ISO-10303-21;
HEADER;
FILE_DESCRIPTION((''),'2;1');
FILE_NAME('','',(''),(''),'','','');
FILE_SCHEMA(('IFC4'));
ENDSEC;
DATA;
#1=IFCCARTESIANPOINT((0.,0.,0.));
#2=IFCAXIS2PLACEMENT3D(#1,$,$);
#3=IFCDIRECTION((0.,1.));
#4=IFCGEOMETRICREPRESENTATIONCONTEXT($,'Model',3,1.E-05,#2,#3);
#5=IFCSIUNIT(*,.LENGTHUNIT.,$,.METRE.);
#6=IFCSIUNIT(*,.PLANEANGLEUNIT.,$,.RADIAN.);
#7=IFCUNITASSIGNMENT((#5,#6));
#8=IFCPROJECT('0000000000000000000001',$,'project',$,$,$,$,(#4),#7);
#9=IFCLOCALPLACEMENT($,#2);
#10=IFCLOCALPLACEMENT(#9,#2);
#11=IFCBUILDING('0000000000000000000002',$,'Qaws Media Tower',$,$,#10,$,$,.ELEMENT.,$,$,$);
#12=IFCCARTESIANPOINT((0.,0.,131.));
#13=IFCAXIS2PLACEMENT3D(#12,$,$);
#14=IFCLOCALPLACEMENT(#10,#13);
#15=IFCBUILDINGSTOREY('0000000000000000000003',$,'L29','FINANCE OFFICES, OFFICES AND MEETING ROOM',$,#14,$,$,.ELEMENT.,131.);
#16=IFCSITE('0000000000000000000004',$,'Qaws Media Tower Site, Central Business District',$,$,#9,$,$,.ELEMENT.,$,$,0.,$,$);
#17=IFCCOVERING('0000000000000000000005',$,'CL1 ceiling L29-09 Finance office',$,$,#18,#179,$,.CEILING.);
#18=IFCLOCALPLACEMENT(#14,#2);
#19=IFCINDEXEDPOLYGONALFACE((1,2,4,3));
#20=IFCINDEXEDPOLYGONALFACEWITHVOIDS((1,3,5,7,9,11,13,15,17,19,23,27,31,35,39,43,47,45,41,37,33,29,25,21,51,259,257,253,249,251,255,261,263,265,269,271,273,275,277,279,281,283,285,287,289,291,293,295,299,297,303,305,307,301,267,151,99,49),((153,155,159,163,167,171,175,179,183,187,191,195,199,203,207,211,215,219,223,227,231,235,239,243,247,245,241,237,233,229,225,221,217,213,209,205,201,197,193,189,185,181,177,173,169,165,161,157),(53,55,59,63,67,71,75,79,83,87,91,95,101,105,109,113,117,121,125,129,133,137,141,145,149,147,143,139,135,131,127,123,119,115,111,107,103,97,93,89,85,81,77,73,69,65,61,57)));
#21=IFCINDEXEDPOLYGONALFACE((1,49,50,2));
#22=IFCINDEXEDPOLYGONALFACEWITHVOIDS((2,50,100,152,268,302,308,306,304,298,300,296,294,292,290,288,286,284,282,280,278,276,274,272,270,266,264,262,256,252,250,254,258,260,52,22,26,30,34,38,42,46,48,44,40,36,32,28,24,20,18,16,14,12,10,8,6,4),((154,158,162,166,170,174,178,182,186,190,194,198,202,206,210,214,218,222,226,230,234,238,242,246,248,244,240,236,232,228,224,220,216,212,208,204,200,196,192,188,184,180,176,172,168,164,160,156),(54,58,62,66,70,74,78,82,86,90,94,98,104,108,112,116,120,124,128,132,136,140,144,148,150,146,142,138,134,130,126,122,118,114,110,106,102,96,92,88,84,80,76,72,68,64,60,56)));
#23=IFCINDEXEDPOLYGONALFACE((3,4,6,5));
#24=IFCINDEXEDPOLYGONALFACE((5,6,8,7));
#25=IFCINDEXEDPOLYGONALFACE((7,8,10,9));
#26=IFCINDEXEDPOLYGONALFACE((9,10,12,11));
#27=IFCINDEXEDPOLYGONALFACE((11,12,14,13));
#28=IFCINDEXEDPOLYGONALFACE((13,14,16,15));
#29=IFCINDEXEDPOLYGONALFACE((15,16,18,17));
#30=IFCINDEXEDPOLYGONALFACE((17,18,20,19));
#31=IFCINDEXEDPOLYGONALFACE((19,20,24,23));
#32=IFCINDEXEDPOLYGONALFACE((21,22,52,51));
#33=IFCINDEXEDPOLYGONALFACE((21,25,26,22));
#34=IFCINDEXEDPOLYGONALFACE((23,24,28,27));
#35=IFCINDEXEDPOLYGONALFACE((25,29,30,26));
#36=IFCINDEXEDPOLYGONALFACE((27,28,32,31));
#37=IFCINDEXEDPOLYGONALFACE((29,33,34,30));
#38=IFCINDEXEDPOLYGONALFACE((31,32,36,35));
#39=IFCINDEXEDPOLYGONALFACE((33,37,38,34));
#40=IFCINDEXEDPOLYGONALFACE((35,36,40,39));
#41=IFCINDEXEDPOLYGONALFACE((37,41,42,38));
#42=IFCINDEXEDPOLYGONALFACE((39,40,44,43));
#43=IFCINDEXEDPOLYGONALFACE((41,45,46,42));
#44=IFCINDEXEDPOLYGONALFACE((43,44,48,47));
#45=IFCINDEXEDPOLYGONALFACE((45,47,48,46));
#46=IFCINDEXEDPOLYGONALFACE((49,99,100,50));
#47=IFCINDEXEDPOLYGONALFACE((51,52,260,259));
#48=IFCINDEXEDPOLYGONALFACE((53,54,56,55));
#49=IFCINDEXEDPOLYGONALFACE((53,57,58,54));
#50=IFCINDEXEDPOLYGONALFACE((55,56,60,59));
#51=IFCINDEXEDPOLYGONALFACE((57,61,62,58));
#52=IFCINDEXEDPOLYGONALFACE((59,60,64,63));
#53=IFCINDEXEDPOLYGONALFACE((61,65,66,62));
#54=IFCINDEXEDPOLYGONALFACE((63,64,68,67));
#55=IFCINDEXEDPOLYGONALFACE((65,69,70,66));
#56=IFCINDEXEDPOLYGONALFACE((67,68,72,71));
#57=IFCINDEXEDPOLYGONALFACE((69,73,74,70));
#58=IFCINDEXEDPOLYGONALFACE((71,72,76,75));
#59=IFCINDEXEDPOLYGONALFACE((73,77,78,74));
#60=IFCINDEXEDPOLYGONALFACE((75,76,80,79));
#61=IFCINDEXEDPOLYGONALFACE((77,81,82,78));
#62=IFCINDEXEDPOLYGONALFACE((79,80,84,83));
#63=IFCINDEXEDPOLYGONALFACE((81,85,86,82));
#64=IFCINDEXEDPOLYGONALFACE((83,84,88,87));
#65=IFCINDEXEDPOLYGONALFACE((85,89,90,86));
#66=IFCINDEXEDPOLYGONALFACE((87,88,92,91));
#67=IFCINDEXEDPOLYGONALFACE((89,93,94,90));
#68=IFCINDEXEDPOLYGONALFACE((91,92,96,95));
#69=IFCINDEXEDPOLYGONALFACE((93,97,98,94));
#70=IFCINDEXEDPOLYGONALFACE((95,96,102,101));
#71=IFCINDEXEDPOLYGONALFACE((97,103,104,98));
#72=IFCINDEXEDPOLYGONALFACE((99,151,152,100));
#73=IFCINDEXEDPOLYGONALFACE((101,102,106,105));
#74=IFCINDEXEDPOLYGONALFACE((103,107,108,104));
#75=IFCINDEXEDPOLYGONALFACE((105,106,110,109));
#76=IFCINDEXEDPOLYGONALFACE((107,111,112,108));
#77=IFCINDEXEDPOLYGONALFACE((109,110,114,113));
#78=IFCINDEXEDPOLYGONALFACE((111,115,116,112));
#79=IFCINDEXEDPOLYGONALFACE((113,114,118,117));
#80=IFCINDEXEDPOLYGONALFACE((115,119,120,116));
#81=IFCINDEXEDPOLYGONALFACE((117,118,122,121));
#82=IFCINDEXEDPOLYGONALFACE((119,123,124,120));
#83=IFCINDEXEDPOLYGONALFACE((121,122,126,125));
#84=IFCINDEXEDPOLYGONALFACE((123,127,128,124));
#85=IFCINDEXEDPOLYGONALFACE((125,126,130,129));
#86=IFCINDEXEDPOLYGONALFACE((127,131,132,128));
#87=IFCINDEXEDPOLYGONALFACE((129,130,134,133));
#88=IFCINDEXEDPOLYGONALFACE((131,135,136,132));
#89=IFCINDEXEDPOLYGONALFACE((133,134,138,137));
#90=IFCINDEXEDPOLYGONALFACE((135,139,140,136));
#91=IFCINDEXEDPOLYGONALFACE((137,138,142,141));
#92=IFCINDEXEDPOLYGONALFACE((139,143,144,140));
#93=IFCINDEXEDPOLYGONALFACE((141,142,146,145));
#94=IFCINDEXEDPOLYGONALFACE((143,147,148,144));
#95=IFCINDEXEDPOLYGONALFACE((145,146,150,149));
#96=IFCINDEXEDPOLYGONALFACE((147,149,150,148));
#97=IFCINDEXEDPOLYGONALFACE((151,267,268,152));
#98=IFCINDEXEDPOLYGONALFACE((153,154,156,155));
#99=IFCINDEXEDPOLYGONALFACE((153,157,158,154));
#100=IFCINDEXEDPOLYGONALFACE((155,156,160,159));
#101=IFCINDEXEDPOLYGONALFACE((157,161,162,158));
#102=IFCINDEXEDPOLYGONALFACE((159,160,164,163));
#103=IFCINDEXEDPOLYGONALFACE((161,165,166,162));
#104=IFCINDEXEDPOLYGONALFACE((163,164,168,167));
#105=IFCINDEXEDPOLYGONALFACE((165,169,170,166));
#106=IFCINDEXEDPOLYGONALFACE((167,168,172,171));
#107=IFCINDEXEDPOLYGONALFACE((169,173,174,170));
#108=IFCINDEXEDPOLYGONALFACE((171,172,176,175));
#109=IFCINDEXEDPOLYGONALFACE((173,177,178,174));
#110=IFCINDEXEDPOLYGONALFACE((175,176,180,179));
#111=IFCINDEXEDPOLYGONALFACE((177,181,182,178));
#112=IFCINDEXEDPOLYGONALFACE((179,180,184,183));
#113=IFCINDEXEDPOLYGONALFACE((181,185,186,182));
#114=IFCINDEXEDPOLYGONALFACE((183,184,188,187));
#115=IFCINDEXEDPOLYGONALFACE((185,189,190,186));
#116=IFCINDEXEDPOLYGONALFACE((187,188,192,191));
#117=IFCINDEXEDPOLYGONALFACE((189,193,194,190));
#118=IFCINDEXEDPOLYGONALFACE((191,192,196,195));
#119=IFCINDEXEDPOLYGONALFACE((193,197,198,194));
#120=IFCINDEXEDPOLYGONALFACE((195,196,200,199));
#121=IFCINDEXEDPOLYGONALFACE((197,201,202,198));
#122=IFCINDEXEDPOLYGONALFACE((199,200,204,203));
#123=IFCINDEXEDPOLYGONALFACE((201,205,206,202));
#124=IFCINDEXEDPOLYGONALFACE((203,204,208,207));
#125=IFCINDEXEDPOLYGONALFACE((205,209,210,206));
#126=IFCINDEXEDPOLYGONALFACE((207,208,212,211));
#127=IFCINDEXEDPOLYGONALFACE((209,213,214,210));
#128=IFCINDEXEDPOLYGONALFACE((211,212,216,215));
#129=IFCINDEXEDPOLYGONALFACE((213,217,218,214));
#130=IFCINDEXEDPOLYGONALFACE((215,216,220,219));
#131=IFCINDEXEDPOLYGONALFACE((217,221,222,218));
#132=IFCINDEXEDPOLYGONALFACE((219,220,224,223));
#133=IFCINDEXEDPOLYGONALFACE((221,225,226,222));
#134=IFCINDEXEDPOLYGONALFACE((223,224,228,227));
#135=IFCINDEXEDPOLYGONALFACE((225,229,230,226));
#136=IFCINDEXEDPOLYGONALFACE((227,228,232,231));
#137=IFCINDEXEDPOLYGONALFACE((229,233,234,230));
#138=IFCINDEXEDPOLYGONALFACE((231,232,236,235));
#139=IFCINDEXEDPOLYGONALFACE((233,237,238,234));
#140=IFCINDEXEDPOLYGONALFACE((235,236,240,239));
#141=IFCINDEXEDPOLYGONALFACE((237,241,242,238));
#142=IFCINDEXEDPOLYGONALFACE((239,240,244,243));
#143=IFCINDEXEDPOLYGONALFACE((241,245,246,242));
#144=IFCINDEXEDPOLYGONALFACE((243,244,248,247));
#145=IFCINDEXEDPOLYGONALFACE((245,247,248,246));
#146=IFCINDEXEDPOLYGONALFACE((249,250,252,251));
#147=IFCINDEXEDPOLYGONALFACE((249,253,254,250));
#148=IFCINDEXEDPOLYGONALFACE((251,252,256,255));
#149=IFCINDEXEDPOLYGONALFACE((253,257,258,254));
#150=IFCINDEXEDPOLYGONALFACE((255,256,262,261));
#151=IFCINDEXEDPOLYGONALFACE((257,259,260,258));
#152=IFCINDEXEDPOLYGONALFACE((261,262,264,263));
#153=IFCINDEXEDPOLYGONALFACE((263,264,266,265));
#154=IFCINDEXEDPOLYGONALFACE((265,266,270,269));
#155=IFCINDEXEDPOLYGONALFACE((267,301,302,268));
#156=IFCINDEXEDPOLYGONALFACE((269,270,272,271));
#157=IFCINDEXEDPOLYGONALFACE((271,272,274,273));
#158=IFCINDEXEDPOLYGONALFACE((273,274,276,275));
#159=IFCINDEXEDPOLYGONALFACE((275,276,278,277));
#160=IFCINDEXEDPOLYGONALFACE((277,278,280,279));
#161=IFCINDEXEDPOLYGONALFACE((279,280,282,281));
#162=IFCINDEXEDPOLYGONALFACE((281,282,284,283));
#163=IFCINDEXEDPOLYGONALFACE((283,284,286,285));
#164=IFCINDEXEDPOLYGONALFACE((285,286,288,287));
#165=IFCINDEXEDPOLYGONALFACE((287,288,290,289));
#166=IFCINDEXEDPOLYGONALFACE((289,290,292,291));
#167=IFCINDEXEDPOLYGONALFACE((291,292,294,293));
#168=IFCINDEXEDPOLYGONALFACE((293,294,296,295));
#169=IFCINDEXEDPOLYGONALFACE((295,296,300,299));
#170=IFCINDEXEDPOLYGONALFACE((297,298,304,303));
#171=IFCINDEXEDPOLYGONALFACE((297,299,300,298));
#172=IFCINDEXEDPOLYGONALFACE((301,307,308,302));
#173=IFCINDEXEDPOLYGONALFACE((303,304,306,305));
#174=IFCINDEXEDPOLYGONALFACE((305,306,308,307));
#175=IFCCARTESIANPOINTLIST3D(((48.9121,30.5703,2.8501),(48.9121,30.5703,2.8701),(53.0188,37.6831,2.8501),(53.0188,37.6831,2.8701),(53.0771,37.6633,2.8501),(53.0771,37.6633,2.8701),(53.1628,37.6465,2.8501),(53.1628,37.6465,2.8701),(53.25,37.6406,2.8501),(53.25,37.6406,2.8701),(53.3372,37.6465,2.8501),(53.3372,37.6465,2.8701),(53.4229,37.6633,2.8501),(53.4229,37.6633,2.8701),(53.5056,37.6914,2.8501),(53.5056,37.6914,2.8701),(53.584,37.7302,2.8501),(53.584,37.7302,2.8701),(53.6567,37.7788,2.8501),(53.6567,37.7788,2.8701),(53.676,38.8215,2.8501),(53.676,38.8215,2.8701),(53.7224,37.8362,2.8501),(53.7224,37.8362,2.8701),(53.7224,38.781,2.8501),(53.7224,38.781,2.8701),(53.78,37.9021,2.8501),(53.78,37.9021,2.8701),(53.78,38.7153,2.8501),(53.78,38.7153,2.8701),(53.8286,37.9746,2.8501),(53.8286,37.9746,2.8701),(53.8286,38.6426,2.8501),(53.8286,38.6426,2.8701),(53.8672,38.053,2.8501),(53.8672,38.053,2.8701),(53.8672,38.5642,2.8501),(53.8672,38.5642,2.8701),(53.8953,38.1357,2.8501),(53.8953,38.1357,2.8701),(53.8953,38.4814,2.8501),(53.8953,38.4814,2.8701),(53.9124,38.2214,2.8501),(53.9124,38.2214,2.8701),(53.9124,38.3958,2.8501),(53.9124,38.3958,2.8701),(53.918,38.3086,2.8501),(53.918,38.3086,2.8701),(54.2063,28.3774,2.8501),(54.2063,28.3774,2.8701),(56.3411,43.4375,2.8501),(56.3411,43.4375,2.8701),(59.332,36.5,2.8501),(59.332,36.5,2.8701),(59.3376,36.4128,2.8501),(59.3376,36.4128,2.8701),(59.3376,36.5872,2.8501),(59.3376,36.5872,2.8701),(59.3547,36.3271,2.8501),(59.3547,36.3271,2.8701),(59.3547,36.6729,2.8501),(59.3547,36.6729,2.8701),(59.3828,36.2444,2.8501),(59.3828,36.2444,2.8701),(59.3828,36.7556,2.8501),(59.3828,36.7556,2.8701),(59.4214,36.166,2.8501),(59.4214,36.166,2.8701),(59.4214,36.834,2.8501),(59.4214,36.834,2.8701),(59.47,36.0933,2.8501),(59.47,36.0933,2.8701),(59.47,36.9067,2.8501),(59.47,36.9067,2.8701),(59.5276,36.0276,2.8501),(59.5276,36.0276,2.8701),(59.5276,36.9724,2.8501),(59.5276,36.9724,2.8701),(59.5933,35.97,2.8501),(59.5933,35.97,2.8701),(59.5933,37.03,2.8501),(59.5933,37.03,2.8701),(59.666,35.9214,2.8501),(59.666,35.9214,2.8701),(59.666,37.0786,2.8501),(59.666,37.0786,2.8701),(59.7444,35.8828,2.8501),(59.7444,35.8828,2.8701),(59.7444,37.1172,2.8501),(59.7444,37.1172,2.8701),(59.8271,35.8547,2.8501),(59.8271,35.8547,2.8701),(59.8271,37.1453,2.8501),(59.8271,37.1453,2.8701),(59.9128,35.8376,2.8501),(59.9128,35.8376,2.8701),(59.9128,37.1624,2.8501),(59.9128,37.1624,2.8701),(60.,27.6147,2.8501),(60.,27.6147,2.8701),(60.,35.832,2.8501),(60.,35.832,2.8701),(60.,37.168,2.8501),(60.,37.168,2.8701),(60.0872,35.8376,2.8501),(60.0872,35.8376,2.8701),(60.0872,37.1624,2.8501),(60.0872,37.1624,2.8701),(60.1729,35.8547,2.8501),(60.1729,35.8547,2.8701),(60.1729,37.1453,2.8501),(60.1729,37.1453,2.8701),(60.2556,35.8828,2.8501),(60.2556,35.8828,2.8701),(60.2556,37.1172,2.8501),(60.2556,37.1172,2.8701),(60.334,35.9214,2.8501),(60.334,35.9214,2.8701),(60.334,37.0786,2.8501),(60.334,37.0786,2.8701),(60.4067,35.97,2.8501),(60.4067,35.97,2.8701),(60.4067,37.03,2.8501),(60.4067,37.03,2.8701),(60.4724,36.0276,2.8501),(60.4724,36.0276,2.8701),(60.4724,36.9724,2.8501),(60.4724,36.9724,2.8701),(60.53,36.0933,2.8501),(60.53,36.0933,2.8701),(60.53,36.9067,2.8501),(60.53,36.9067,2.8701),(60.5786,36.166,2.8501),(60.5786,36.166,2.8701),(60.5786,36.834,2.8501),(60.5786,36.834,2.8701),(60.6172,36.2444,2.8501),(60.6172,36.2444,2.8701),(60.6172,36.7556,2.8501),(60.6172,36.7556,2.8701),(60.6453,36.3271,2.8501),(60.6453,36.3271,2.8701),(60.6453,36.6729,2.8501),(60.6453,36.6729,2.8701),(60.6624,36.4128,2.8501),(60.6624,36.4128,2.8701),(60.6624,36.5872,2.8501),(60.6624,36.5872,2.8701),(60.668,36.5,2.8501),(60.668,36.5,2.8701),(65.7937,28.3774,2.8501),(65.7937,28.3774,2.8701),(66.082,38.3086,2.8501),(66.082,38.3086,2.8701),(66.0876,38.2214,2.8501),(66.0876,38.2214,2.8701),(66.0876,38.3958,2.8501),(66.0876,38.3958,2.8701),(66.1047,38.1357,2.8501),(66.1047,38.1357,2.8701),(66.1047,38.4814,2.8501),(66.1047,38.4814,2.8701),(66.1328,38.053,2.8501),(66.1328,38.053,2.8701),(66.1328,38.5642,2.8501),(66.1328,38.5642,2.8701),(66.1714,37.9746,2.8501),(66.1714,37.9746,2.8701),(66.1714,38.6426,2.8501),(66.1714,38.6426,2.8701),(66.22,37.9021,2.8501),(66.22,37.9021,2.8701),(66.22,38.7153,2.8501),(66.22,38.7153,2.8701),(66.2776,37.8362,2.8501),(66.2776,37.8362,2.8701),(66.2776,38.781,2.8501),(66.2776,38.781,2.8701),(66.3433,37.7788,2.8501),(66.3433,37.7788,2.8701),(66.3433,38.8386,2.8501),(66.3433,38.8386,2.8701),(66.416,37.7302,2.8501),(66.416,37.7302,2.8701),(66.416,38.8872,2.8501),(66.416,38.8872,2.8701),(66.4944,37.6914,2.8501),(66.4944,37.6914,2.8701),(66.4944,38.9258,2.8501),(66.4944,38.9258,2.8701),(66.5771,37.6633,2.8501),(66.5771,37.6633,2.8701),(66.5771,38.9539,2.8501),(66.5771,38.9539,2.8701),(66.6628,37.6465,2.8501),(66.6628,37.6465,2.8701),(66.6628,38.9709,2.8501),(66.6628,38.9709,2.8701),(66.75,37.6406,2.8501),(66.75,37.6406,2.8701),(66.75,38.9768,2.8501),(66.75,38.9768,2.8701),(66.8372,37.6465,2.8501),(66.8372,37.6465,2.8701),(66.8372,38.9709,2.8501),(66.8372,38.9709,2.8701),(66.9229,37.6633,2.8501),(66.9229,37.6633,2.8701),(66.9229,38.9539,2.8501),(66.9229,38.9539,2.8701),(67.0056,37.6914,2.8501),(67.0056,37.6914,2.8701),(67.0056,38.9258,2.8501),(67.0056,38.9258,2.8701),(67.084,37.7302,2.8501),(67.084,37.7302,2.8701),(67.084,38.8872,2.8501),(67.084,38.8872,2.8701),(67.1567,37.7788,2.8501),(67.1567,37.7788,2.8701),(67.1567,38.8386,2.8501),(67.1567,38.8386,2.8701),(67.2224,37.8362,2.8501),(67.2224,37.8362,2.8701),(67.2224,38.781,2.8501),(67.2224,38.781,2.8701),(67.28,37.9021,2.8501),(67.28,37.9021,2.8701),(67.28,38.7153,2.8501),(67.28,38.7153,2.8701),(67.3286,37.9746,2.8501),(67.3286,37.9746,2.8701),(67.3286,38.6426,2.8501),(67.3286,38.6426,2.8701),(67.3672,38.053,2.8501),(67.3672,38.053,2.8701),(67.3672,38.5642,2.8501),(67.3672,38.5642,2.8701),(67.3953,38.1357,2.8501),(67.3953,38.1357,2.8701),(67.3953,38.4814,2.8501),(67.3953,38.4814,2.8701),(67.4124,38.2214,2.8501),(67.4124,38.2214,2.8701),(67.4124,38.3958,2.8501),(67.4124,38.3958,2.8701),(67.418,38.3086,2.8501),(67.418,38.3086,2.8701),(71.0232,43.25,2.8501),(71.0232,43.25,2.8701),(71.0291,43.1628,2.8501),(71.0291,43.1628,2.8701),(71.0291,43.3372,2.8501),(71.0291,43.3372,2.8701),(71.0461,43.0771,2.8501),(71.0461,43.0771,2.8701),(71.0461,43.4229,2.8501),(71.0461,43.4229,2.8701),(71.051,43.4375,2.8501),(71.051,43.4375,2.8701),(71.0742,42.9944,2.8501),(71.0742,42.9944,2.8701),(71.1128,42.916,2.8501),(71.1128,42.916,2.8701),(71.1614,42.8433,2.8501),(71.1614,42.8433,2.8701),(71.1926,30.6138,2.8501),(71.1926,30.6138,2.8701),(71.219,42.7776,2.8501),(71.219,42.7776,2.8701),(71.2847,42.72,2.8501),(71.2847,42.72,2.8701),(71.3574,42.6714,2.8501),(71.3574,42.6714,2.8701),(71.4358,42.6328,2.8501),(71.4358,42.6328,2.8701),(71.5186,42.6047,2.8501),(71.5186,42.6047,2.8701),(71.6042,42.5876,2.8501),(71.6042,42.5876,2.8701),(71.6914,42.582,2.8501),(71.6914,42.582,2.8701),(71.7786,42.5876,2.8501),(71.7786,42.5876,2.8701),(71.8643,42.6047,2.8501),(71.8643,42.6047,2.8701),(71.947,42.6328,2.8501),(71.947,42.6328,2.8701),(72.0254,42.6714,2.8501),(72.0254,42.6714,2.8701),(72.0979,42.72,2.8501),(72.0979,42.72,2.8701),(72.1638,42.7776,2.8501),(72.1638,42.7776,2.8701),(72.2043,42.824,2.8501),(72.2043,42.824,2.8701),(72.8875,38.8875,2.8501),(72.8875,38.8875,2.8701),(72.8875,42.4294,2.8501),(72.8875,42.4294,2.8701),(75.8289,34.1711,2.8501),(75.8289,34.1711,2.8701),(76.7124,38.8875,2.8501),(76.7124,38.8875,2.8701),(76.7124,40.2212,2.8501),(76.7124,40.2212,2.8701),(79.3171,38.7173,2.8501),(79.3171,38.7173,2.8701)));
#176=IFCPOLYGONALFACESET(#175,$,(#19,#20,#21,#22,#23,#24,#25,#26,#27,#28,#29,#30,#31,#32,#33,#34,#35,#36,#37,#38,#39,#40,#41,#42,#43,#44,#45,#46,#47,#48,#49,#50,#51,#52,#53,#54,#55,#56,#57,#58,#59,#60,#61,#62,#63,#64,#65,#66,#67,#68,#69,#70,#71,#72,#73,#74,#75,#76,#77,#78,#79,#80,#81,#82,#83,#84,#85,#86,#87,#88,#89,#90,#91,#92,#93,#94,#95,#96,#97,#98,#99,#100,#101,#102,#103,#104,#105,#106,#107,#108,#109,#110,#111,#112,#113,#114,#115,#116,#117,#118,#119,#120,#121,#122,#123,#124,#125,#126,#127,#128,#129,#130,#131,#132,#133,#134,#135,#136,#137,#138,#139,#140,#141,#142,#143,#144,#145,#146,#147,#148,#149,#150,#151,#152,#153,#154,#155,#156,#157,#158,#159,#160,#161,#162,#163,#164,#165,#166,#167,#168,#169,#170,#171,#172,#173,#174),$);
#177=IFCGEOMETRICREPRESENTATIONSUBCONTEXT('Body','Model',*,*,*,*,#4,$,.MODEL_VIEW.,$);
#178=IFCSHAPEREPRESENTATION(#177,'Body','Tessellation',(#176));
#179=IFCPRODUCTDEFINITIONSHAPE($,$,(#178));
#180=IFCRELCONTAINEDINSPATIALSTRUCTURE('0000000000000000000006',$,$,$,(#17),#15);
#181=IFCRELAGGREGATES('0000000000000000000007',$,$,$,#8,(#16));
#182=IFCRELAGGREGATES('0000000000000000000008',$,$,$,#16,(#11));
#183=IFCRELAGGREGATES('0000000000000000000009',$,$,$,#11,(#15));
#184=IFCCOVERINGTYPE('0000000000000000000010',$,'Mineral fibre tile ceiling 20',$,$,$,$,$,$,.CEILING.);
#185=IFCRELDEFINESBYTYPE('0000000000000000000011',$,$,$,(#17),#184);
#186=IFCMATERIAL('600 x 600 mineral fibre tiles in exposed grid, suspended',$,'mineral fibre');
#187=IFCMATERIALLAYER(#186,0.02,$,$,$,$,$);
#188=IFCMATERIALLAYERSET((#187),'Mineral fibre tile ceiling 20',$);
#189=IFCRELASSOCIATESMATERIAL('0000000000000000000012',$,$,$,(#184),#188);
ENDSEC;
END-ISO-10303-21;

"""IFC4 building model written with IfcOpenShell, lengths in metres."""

from ifc_helpers import new_model, si_unit, direction, frame, origin, place, context, subcontext, project, spatial, polyline, outline, extrude, material, layer, layer_set, type_object, element, save


model = new_model("IFC4")

# Units and contexts
model_context = context("Model", 3, precision=1e-05, world=origin(), true_north=direction((0.0, 1.0)))
body_context = subcontext(model_context, "Body", "Model", "MODEL_VIEW")
ifc_project = project(units=[si_unit("LENGTHUNIT", "METRE"), si_unit("PLANEANGLEUNIT", "RADIAN")], contexts=[model_context])

# Site, building, storey
site_placement = place(None, origin())
site = spatial("IfcSite", under=ifc_project, at=site_placement, Name="Qaws Media Tower Site, Central Business District", CompositionType="ELEMENT", RefElevation=0.0)
building_placement = place(site_placement, origin())
building = spatial("IfcBuilding", under=site, at=building_placement, Name="Qaws Media Tower", CompositionType="ELEMENT")
storey_placement = place(building_placement, frame((0.0, 0.0, 131.0)))
storey = spatial("IfcBuildingStorey", under=building, at=storey_placement, Name="L29", Description="FINANCE OFFICES, OFFICES AND MEETING ROOM", CompositionType="ELEMENT", Elevation=131.0)

# Covering
ifc_material_1 = material(Name="600 x 600 mineral fibre tiles in exposed grid, suspended", Category="mineral fibre")
ifc_layer_1 = layer(ifc_material_1, 0.02)
ifc_layer_set_1 = layer_set([ifc_layer_1], Name="Mineral fibre tile ceiling 20")
covering_type_1 = type_object("IfcCoveringType", Name="Mineral fibre tile ceiling 20", PredefinedType="CEILING", material=ifc_layer_set_1)
covering_1_placement = place(storey_placement, frame((0.0, 0.0, 2.8501)))
element("IfcCovering", 1, at=covering_1_placement, inside=storey, type_object=covering_type_1, Name="CL1 ceiling L29-09 Finance office", PredefinedType="CEILING", context=body_context, shape_type="SweptSolid", body=[
    extrude(outline(polyline([(72.8875, 38.8875), (76.7124, 38.8875), (76.7124, 40.2212), (79.3171, 38.7173), (75.8289, 34.1711), (71.1926, 30.6138), (65.7937, 28.3774), (60.0, 27.6147), (54.2063, 28.3774), (48.9121, 30.5703), (53.0188, 37.6831), (53.0771, 37.6633), (53.1628, 37.6465), (53.25, 37.6406), (53.3372, 37.6465), (53.4229, 37.6633), (53.5056, 37.6914), (53.584, 37.7302), (53.6567, 37.7788), (53.7224, 37.8362), (53.78, 37.9021), (53.8286, 37.9746), (53.8672, 38.053), (53.8953, 38.1357), (53.9124, 38.2214), (53.918, 38.3086), (53.9124, 38.3958), (53.8953, 38.4814), (53.8672, 38.5642), (53.8286, 38.6426), (53.78, 38.7153), (53.7224, 38.781), (53.676, 38.8215), (56.3411, 43.4375), (71.051, 43.4375), (71.0461, 43.4229), (71.0291, 43.3372), (71.0232, 43.25), (71.0291, 43.1628), (71.0461, 43.0771), (71.0742, 42.9944), (71.1128, 42.916), (71.1614, 42.8433), (71.219, 42.7776), (71.2847, 42.72), (71.3574, 42.6714), (71.4358, 42.6328), (71.5186, 42.6047), (71.6042, 42.5876), (71.6914, 42.582), (71.7786, 42.5876), (71.8643, 42.6047), (71.947, 42.6328), (72.0254, 42.6714), (72.0979, 42.72), (72.1638, 42.7776), (72.2043, 42.824), (72.8875, 42.4294), (72.8875, 38.8875)]), holes=[polyline([(60.6453, 36.3271), (60.6624, 36.4128), (60.668, 36.5), (60.6624, 36.5872), (60.6453, 36.6729), (60.6172, 36.7556), (60.5786, 36.834), (60.53, 36.9067), (60.4724, 36.9724), (60.4067, 37.03), (60.334, 37.0786), (60.2556, 37.1172), (60.1729, 37.1453), (60.0872, 37.1624), (60.0, 37.168), (59.9128, 37.1624), (59.8271, 37.1453), (59.7444, 37.1172), (59.666, 37.0786), (59.5933, 37.03), (59.5276, 36.9724), (59.47, 36.9067), (59.4214, 36.834), (59.3828, 36.7556), (59.3547, 36.6729), (59.3376, 36.5872), (59.332, 36.5), (59.3376, 36.4128), (59.3547, 36.3271), (59.3828, 36.2444), (59.4214, 36.166), (59.47, 36.0933), (59.5276, 36.0276), (59.5933, 35.97), (59.666, 35.9214), (59.7444, 35.8828), (59.8271, 35.8547), (59.9128, 35.8376), (60.0, 35.832), (60.0872, 35.8376), (60.1729, 35.8547), (60.2556, 35.8828), (60.334, 35.9214), (60.4067, 35.97), (60.4724, 36.0276), (60.53, 36.0933), (60.5786, 36.166), (60.6172, 36.2444), (60.6453, 36.3271)]), polyline([(67.3672, 38.053), (67.3953, 38.1357), (67.4124, 38.2214), (67.418, 38.3086), (67.4124, 38.3958), (67.3953, 38.4814), (67.3672, 38.5642), (67.3286, 38.6426), (67.28, 38.7153), (67.2224, 38.781), (67.1567, 38.8386), (67.084, 38.8872), (67.0056, 38.9258), (66.9229, 38.9539), (66.8372, 38.9709), (66.75, 38.9768), (66.6628, 38.9709), (66.5771, 38.9539), (66.4944, 38.9258), (66.416, 38.8872), (66.3433, 38.8386), (66.2776, 38.781), (66.22, 38.7153), (66.1714, 38.6426), (66.1328, 38.5642), (66.1047, 38.4814), (66.0876, 38.3958), (66.082, 38.3086), (66.0876, 38.2214), (66.1047, 38.1357), (66.1328, 38.053), (66.1714, 37.9746), (66.22, 37.9021), (66.2776, 37.8362), (66.3433, 37.7788), (66.416, 37.7302), (66.4944, 37.6914), (66.5771, 37.6633), (66.6628, 37.6465), (66.75, 37.6406), (66.8372, 37.6465), (66.9229, 37.6633), (67.0056, 37.6914), (67.084, 37.7302), (67.1567, 37.7788), (67.2224, 37.8362), (67.28, 37.9021), (67.3286, 37.9746), (67.3672, 38.053)])]), origin(), (0.0, 0.0, 1.0), 0.02),
])

save(model, "model.ifc")
